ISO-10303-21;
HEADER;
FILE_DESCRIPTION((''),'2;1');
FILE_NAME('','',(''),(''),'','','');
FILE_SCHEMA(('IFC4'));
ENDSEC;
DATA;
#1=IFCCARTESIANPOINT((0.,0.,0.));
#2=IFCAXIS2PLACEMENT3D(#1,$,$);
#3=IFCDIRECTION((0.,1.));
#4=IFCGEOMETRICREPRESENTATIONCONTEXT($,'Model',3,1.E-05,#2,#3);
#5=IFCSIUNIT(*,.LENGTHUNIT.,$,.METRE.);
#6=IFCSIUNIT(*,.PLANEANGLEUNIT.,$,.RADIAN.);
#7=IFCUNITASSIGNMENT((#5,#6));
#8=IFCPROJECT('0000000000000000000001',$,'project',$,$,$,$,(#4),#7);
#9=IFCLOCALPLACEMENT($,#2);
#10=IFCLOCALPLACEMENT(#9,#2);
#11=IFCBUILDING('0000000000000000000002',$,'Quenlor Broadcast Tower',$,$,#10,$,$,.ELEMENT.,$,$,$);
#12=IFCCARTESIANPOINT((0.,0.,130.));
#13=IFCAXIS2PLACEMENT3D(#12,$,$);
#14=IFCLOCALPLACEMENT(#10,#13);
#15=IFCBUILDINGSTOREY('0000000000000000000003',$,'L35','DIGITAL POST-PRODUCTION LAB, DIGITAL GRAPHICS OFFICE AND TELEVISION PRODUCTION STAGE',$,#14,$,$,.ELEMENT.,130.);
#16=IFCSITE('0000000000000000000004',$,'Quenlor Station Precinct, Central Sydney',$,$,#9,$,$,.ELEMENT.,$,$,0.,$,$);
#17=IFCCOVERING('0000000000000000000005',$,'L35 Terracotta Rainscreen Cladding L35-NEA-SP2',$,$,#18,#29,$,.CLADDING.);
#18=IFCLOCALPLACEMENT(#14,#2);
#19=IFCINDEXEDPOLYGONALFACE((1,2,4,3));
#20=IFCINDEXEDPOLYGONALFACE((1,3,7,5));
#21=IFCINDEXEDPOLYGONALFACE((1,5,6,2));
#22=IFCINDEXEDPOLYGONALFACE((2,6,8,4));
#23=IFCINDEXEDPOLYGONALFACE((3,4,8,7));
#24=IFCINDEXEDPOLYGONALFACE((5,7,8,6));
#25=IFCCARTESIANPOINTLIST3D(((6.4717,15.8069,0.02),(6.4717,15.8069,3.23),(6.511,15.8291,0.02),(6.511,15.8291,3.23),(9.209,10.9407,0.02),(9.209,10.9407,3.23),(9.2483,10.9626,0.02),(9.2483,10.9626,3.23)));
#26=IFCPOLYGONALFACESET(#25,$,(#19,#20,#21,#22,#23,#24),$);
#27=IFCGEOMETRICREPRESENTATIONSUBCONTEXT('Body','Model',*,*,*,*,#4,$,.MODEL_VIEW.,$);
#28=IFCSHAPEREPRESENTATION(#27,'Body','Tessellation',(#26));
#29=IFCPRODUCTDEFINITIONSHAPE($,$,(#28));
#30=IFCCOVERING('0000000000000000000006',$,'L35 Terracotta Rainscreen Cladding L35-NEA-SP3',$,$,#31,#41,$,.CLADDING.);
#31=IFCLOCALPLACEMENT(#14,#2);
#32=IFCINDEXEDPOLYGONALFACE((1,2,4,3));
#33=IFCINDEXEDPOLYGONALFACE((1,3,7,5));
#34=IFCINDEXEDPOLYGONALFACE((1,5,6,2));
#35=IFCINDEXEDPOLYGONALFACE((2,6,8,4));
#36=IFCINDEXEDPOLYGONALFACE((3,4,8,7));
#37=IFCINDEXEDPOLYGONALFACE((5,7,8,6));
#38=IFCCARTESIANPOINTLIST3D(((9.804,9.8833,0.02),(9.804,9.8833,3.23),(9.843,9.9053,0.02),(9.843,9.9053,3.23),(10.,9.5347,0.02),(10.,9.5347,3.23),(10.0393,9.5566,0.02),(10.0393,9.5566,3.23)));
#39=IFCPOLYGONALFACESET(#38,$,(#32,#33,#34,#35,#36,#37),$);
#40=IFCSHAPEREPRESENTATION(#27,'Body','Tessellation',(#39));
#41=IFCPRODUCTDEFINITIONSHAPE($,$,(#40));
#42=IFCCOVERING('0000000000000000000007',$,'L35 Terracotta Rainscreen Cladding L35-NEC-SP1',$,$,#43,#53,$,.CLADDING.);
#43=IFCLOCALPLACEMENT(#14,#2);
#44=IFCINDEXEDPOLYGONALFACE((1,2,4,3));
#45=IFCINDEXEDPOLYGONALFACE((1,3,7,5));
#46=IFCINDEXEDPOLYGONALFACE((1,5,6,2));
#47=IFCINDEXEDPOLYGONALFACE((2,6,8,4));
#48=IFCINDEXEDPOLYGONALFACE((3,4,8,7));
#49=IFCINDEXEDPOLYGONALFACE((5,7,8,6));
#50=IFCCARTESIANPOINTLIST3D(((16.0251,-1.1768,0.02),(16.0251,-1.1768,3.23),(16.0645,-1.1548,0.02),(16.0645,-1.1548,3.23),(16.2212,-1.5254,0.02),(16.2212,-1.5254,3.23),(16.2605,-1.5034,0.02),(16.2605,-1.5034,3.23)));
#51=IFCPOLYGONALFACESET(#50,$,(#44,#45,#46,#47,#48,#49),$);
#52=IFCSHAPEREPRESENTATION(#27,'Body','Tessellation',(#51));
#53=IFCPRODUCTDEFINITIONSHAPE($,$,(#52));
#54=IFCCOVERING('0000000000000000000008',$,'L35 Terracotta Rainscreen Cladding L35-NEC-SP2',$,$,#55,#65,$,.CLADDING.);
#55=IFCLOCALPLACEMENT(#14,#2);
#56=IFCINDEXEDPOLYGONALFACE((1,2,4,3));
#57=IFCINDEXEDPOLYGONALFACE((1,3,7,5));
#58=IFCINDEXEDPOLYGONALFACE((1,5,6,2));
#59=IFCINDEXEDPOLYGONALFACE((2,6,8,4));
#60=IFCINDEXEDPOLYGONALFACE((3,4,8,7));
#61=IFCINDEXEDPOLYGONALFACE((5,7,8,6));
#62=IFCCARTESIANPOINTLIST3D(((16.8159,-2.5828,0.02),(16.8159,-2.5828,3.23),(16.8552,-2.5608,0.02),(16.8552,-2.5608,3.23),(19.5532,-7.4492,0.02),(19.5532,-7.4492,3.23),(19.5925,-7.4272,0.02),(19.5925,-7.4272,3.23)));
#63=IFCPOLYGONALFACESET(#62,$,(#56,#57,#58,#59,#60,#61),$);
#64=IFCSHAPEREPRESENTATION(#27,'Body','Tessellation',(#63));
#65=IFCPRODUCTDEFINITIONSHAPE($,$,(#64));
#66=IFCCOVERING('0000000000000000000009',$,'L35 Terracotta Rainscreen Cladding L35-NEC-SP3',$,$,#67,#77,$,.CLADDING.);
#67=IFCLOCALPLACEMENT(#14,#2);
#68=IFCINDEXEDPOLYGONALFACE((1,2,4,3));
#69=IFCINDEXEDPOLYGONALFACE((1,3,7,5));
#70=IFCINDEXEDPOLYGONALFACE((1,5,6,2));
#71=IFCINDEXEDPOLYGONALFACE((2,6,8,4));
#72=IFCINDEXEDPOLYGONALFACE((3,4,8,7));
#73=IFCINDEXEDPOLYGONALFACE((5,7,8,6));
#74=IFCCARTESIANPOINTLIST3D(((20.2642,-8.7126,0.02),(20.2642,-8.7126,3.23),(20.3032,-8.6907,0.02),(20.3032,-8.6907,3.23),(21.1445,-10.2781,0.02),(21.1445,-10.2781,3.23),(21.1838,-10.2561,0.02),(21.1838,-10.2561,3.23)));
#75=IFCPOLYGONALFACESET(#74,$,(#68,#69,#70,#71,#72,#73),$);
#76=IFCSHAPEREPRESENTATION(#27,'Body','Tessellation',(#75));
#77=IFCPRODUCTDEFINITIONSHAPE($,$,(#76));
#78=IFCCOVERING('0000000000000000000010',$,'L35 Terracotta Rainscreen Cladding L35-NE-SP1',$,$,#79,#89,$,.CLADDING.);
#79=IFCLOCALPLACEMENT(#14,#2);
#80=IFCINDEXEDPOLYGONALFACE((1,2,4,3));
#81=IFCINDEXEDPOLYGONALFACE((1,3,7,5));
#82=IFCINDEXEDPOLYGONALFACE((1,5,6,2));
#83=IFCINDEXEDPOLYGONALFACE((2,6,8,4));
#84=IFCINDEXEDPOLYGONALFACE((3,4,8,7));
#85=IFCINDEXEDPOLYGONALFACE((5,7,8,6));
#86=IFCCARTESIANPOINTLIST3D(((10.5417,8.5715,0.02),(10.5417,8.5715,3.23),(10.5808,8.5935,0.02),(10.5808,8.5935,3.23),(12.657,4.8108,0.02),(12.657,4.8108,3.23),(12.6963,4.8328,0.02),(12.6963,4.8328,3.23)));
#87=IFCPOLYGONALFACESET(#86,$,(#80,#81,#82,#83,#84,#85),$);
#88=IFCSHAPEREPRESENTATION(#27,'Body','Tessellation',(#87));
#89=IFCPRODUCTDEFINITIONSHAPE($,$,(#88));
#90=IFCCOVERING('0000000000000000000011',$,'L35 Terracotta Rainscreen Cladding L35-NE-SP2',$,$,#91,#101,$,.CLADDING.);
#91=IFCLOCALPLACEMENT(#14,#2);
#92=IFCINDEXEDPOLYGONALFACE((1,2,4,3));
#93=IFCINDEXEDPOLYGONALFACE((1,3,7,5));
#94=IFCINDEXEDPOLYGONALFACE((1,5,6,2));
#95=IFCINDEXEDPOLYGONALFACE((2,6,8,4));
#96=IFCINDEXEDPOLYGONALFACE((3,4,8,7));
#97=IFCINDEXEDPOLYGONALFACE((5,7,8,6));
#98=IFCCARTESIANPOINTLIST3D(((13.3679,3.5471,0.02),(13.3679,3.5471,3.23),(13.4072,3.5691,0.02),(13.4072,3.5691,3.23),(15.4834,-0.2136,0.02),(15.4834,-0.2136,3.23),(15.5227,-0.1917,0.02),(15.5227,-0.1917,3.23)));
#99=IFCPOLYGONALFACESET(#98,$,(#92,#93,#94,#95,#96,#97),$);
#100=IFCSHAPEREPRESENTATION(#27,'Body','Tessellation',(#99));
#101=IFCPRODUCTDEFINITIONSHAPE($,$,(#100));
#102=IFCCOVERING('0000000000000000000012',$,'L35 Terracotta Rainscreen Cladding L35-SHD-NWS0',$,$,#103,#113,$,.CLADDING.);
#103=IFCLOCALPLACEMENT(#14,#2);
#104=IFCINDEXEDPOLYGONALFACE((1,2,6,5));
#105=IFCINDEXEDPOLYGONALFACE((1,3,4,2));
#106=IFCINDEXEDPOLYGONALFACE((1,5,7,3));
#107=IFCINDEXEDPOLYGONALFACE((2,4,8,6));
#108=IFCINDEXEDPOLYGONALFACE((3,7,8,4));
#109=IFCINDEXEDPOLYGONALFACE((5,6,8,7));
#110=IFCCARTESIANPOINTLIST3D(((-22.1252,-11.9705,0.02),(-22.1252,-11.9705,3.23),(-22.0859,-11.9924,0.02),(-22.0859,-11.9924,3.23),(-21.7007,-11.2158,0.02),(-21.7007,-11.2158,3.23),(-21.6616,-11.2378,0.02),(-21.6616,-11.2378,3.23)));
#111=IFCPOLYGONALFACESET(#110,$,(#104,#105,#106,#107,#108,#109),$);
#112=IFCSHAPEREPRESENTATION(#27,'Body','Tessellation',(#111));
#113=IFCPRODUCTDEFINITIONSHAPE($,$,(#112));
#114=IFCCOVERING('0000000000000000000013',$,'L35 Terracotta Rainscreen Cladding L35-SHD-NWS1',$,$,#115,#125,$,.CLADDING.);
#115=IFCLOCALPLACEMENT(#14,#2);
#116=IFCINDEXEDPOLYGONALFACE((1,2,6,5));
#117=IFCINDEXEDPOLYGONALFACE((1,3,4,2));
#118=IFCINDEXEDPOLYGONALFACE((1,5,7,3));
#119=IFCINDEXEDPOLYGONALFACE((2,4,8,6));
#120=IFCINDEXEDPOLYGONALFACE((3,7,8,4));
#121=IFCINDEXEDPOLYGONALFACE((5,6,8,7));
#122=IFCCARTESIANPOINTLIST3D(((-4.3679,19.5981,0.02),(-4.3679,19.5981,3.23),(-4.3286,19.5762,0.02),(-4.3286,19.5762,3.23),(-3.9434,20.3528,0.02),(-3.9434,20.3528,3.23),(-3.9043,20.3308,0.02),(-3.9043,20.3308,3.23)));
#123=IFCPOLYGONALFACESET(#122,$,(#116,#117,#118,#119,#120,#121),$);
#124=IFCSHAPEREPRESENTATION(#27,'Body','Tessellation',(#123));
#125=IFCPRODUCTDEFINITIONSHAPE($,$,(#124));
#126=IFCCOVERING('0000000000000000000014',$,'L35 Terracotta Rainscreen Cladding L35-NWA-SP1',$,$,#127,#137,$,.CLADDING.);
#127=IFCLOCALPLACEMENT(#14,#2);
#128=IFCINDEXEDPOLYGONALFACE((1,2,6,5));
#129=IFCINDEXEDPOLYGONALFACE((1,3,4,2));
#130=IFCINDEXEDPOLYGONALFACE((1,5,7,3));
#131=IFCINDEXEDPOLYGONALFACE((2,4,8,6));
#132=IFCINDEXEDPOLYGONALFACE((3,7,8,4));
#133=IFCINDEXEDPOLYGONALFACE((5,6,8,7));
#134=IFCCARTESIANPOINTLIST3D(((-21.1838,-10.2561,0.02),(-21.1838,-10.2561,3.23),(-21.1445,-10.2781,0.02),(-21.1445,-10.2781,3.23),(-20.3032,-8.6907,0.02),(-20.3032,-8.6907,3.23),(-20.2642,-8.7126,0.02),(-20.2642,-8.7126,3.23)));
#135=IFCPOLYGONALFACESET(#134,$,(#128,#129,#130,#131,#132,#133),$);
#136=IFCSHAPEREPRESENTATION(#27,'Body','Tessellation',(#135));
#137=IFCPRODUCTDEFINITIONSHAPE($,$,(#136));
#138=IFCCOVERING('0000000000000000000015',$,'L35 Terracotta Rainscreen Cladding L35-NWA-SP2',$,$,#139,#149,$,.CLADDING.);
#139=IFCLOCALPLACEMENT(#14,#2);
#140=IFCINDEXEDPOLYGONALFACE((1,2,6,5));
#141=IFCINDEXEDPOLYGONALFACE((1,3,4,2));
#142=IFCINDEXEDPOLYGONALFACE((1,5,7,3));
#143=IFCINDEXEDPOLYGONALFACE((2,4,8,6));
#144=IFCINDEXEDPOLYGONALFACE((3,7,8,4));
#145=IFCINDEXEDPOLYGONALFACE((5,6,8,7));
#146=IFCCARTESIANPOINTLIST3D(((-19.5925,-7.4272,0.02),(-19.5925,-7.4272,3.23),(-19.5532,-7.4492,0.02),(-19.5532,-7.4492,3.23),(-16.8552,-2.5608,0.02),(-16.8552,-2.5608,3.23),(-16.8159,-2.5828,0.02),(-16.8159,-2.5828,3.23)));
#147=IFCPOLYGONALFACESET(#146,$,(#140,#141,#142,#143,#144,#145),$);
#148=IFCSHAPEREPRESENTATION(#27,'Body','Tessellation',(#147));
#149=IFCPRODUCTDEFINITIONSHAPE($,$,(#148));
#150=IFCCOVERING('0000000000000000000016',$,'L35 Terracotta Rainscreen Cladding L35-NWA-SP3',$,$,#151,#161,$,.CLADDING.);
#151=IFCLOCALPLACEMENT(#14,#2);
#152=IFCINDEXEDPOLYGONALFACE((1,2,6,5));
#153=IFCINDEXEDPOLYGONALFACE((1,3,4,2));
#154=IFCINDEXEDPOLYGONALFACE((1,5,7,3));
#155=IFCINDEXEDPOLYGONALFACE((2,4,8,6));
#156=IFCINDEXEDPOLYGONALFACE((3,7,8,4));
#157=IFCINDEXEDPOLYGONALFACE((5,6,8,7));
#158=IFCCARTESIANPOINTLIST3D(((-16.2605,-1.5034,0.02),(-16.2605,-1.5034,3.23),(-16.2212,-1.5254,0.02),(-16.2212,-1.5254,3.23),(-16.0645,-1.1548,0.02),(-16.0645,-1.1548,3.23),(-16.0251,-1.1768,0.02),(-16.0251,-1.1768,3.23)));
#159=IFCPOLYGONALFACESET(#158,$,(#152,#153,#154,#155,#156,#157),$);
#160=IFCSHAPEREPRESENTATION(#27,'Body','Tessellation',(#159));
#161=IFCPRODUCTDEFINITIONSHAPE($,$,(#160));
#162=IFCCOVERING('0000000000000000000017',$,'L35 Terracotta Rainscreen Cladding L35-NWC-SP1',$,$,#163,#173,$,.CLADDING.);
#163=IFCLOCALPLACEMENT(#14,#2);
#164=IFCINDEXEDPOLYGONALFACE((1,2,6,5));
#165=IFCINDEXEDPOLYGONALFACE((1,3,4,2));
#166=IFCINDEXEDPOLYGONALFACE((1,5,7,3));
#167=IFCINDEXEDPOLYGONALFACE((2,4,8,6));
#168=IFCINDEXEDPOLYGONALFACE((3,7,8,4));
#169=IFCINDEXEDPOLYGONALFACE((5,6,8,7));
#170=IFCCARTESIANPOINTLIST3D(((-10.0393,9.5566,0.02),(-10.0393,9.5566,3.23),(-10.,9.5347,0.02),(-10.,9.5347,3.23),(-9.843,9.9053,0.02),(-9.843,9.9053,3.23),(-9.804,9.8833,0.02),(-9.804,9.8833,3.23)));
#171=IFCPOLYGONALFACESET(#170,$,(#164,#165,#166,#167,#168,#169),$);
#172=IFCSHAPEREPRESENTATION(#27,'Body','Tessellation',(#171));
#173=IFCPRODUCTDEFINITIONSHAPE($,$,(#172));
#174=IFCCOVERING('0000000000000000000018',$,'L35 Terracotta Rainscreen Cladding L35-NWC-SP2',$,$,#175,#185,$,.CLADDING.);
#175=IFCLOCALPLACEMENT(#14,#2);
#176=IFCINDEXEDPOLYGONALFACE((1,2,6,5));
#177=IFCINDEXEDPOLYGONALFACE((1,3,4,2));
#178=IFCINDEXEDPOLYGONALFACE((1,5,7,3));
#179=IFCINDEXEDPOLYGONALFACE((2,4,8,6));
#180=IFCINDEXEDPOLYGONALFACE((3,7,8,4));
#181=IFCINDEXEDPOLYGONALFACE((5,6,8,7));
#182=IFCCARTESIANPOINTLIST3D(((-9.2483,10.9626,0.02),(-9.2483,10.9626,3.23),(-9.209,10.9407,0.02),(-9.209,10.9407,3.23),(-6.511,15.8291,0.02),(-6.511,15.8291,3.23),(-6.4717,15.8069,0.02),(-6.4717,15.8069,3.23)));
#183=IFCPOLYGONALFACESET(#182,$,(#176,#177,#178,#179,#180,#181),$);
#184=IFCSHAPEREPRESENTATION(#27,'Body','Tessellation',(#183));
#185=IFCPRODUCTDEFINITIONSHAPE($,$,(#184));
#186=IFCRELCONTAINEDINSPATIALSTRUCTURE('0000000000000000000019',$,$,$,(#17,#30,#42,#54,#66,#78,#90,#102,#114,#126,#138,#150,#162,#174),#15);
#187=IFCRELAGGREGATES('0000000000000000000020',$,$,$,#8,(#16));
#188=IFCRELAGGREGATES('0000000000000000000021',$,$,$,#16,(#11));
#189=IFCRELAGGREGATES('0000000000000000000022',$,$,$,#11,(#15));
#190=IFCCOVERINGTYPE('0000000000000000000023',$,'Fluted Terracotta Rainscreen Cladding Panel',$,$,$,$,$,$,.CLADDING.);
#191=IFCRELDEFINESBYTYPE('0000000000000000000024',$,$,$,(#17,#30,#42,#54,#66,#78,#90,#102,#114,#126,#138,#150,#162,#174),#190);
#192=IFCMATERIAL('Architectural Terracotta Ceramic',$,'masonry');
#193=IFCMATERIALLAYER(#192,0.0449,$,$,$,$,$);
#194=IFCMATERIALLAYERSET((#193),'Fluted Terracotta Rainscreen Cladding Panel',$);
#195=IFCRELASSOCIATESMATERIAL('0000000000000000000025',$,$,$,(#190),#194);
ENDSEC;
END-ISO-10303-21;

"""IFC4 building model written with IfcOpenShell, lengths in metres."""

from ifc_helpers import new_model, si_unit, direction, frame, origin, place, context, subcontext, project, spatial, polyline, outline, extrude, material, layer, layer_set, type_object, element, save


model = new_model("IFC4")

# Units and contexts
model_context = context("Model", 3, precision=1e-05, world=origin(), true_north=direction((0.0, 1.0)))
body_context = subcontext(model_context, "Body", "Model", "MODEL_VIEW")
ifc_project = project(units=[si_unit("LENGTHUNIT", "METRE"), si_unit("PLANEANGLEUNIT", "RADIAN")], contexts=[model_context])

# Site, building, storey
site_placement = place(None, origin())
site = spatial("IfcSite", under=ifc_project, at=site_placement, Name="Quenlor Station Precinct, Central Sydney", CompositionType="ELEMENT", RefElevation=0.0)
building_placement = place(site_placement, origin())
building = spatial("IfcBuilding", under=site, at=building_placement, Name="Quenlor Broadcast Tower", CompositionType="ELEMENT")
storey_placement = place(building_placement, frame((0.0, 0.0, 130.0)))
storey = spatial("IfcBuildingStorey", under=building, at=storey_placement, Name="L35", Description="DIGITAL POST-PRODUCTION LAB, DIGITAL GRAPHICS OFFICE AND TELEVISION PRODUCTION STAGE", CompositionType="ELEMENT", Elevation=130.0)

# Coverings
ifc_material_1 = material(Name="Architectural Terracotta Ceramic", Category="masonry")
ifc_layer_1 = layer(ifc_material_1, 0.0449)
ifc_layer_set_1 = layer_set([ifc_layer_1], Name="Fluted Terracotta Rainscreen Cladding Panel")
covering_type = type_object("IfcCoveringType", Name="Fluted Terracotta Rainscreen Cladding Panel", PredefinedType="CLADDING", material=ifc_layer_set_1)
covering_1_placement = place(storey_placement, frame((0.0, 0.0, 0.02)))
element("IfcCovering", 1, at=covering_1_placement, inside=storey, type_object=covering_type, Name="L35 Terracotta Rainscreen Cladding L35-NEA-SP2", PredefinedType="CLADDING", context=body_context, shape_type="SweptSolid", body=[
    extrude(outline(polyline([(6.4717, 15.8069), (9.209, 10.9407), (9.2483, 10.9626), (6.511, 15.8291), (6.4717, 15.8069)])), origin(), (0.0, 0.0, 1.0), 3.21),
])
covering_2_placement = place(storey_placement, frame((0.0, 0.0, 0.02)))
element("IfcCovering", 2, at=covering_2_placement, inside=storey, type_object=covering_type, Name="L35 Terracotta Rainscreen Cladding L35-NEA-SP3", PredefinedType="CLADDING", context=body_context, shape_type="SweptSolid", body=[
    extrude(outline(polyline([(9.804, 9.8833), (10.0, 9.5347), (10.0393, 9.5566), (9.843, 9.9053), (9.804, 9.8833)])), origin(), (0.0, 0.0, 1.0), 3.21),
])
covering_3_placement = place(storey_placement, frame((0.0, 0.0, 0.02)))
element("IfcCovering", 3, at=covering_3_placement, inside=storey, type_object=covering_type, Name="L35 Terracotta Rainscreen Cladding L35-NEC-SP1", PredefinedType="CLADDING", context=body_context, shape_type="SweptSolid", body=[
    extrude(outline(polyline([(16.0251, -1.1768), (16.2212, -1.5254), (16.2605, -1.5034), (16.0645, -1.1548), (16.0251, -1.1768)])), origin(), (0.0, 0.0, 1.0), 3.21),
])
covering_4_placement = place(storey_placement, frame((0.0, 0.0, 0.02)))
element("IfcCovering", 4, at=covering_4_placement, inside=storey, type_object=covering_type, Name="L35 Terracotta Rainscreen Cladding L35-NEC-SP2", PredefinedType="CLADDING", context=body_context, shape_type="SweptSolid", body=[
    extrude(outline(polyline([(16.8159, -2.5828), (19.5532, -7.4492), (19.5925, -7.4272), (16.8552, -2.5608), (16.8159, -2.5828)])), origin(), (0.0, 0.0, 1.0), 3.21),
])
covering_5_placement = place(storey_placement, frame((0.0, 0.0, 0.02)))
element("IfcCovering", 5, at=covering_5_placement, inside=storey, type_object=covering_type, Name="L35 Terracotta Rainscreen Cladding L35-NEC-SP3", PredefinedType="CLADDING", context=body_context, shape_type="SweptSolid", body=[
    extrude(outline(polyline([(20.2642, -8.7126), (21.1445, -10.2781), (21.1838, -10.2561), (20.3032, -8.6907), (20.2642, -8.7126)])), origin(), (0.0, 0.0, 1.0), 3.21),
])
covering_6_placement = place(storey_placement, frame((0.0, 0.0, 0.02)))
element("IfcCovering", 6, at=covering_6_placement, inside=storey, type_object=covering_type, Name="L35 Terracotta Rainscreen Cladding L35-NE-SP1", PredefinedType="CLADDING", context=body_context, shape_type="SweptSolid", body=[
    extrude(outline(polyline([(10.5417, 8.5715), (12.657, 4.8108), (12.6963, 4.8328), (10.5808, 8.5935), (10.5417, 8.5715)])), origin(), (0.0, 0.0, 1.0), 3.21),
])
covering_7_placement = place(storey_placement, frame((0.0, 0.0, 0.02)))
element("IfcCovering", 7, at=covering_7_placement, inside=storey, type_object=covering_type, Name="L35 Terracotta Rainscreen Cladding L35-NE-SP2", PredefinedType="CLADDING", context=body_context, shape_type="SweptSolid", body=[
    extrude(outline(polyline([(13.3679, 3.5471), (15.4834, -0.2136), (15.5227, -0.1917), (13.4072, 3.5691), (13.3679, 3.5471)])), origin(), (0.0, 0.0, 1.0), 3.21),
])
covering_8_placement = place(storey_placement, frame((0.0, 0.0, 0.02)))
element("IfcCovering", 8, at=covering_8_placement, inside=storey, type_object=covering_type, Name="L35 Terracotta Rainscreen Cladding L35-SHD-NWS0", PredefinedType="CLADDING", context=body_context, shape_type="SweptSolid", body=[
    extrude(outline(polyline([(-22.0859, -11.9924), (-21.6616, -11.2378), (-21.7007, -11.2158), (-22.1252, -11.9705), (-22.0859, -11.9924)])), origin(), (0.0, 0.0, 1.0), 3.21),
])
covering_9_placement = place(storey_placement, frame((0.0, 0.0, 0.02)))
element("IfcCovering", 9, at=covering_9_placement, inside=storey, type_object=covering_type, Name="L35 Terracotta Rainscreen Cladding L35-SHD-NWS1", PredefinedType="CLADDING", context=body_context, shape_type="SweptSolid", body=[
    extrude(outline(polyline([(-4.3286, 19.5762), (-3.9043, 20.3308), (-3.9434, 20.3528), (-4.3679, 19.5981), (-4.3286, 19.5762)])), origin(), (0.0, 0.0, 1.0), 3.21),
])
covering_10_placement = place(storey_placement, frame((0.0, 0.0, 0.02)))
element("IfcCovering", 10, at=covering_10_placement, inside=storey, type_object=covering_type, Name="L35 Terracotta Rainscreen Cladding L35-NWA-SP1", PredefinedType="CLADDING", context=body_context, shape_type="SweptSolid", body=[
    extrude(outline(polyline([(-21.1445, -10.2781), (-20.2642, -8.7126), (-20.3032, -8.6907), (-21.1838, -10.2561), (-21.1445, -10.2781)])), origin(), (0.0, 0.0, 1.0), 3.21),
])
covering_11_placement = place(storey_placement, frame((0.0, 0.0, 0.02)))
element("IfcCovering", 11, at=covering_11_placement, inside=storey, type_object=covering_type, Name="L35 Terracotta Rainscreen Cladding L35-NWA-SP2", PredefinedType="CLADDING", context=body_context, shape_type="SweptSolid", body=[
    extrude(outline(polyline([(-19.5532, -7.4492), (-16.8159, -2.5828), (-16.8552, -2.5608), (-19.5925, -7.4272), (-19.5532, -7.4492)])), origin(), (0.0, 0.0, 1.0), 3.21),
])
covering_12_placement = place(storey_placement, frame((0.0, 0.0, 0.02)))
element("IfcCovering", 12, at=covering_12_placement, inside=storey, type_object=covering_type, Name="L35 Terracotta Rainscreen Cladding L35-NWA-SP3", PredefinedType="CLADDING", context=body_context, shape_type="SweptSolid", body=[
    extrude(outline(polyline([(-16.2212, -1.5254), (-16.0251, -1.1768), (-16.0645, -1.1548), (-16.2605, -1.5034), (-16.2212, -1.5254)])), origin(), (0.0, 0.0, 1.0), 3.21),
])
covering_13_placement = place(storey_placement, frame((0.0, 0.0, 0.02)))
element("IfcCovering", 13, at=covering_13_placement, inside=storey, type_object=covering_type, Name="L35 Terracotta Rainscreen Cladding L35-NWC-SP1", PredefinedType="CLADDING", context=body_context, shape_type="SweptSolid", body=[
    extrude(outline(polyline([(-10.0, 9.5347), (-9.804, 9.8833), (-9.843, 9.9053), (-10.0393, 9.5566), (-10.0, 9.5347)])), origin(), (0.0, 0.0, 1.0), 3.21),
])
covering_14_placement = place(storey_placement, frame((0.0, 0.0, 0.02)))
element("IfcCovering", 14, at=covering_14_placement, inside=storey, type_object=covering_type, Name="L35 Terracotta Rainscreen Cladding L35-NWC-SP2", PredefinedType="CLADDING", context=body_context, shape_type="SweptSolid", body=[
    extrude(outline(polyline([(-9.209, 10.9407), (-6.4717, 15.8069), (-6.511, 15.8291), (-9.2483, 10.9626), (-9.209, 10.9407)])), origin(), (0.0, 0.0, 1.0), 3.21),
])

save(model, "model.ifc")
